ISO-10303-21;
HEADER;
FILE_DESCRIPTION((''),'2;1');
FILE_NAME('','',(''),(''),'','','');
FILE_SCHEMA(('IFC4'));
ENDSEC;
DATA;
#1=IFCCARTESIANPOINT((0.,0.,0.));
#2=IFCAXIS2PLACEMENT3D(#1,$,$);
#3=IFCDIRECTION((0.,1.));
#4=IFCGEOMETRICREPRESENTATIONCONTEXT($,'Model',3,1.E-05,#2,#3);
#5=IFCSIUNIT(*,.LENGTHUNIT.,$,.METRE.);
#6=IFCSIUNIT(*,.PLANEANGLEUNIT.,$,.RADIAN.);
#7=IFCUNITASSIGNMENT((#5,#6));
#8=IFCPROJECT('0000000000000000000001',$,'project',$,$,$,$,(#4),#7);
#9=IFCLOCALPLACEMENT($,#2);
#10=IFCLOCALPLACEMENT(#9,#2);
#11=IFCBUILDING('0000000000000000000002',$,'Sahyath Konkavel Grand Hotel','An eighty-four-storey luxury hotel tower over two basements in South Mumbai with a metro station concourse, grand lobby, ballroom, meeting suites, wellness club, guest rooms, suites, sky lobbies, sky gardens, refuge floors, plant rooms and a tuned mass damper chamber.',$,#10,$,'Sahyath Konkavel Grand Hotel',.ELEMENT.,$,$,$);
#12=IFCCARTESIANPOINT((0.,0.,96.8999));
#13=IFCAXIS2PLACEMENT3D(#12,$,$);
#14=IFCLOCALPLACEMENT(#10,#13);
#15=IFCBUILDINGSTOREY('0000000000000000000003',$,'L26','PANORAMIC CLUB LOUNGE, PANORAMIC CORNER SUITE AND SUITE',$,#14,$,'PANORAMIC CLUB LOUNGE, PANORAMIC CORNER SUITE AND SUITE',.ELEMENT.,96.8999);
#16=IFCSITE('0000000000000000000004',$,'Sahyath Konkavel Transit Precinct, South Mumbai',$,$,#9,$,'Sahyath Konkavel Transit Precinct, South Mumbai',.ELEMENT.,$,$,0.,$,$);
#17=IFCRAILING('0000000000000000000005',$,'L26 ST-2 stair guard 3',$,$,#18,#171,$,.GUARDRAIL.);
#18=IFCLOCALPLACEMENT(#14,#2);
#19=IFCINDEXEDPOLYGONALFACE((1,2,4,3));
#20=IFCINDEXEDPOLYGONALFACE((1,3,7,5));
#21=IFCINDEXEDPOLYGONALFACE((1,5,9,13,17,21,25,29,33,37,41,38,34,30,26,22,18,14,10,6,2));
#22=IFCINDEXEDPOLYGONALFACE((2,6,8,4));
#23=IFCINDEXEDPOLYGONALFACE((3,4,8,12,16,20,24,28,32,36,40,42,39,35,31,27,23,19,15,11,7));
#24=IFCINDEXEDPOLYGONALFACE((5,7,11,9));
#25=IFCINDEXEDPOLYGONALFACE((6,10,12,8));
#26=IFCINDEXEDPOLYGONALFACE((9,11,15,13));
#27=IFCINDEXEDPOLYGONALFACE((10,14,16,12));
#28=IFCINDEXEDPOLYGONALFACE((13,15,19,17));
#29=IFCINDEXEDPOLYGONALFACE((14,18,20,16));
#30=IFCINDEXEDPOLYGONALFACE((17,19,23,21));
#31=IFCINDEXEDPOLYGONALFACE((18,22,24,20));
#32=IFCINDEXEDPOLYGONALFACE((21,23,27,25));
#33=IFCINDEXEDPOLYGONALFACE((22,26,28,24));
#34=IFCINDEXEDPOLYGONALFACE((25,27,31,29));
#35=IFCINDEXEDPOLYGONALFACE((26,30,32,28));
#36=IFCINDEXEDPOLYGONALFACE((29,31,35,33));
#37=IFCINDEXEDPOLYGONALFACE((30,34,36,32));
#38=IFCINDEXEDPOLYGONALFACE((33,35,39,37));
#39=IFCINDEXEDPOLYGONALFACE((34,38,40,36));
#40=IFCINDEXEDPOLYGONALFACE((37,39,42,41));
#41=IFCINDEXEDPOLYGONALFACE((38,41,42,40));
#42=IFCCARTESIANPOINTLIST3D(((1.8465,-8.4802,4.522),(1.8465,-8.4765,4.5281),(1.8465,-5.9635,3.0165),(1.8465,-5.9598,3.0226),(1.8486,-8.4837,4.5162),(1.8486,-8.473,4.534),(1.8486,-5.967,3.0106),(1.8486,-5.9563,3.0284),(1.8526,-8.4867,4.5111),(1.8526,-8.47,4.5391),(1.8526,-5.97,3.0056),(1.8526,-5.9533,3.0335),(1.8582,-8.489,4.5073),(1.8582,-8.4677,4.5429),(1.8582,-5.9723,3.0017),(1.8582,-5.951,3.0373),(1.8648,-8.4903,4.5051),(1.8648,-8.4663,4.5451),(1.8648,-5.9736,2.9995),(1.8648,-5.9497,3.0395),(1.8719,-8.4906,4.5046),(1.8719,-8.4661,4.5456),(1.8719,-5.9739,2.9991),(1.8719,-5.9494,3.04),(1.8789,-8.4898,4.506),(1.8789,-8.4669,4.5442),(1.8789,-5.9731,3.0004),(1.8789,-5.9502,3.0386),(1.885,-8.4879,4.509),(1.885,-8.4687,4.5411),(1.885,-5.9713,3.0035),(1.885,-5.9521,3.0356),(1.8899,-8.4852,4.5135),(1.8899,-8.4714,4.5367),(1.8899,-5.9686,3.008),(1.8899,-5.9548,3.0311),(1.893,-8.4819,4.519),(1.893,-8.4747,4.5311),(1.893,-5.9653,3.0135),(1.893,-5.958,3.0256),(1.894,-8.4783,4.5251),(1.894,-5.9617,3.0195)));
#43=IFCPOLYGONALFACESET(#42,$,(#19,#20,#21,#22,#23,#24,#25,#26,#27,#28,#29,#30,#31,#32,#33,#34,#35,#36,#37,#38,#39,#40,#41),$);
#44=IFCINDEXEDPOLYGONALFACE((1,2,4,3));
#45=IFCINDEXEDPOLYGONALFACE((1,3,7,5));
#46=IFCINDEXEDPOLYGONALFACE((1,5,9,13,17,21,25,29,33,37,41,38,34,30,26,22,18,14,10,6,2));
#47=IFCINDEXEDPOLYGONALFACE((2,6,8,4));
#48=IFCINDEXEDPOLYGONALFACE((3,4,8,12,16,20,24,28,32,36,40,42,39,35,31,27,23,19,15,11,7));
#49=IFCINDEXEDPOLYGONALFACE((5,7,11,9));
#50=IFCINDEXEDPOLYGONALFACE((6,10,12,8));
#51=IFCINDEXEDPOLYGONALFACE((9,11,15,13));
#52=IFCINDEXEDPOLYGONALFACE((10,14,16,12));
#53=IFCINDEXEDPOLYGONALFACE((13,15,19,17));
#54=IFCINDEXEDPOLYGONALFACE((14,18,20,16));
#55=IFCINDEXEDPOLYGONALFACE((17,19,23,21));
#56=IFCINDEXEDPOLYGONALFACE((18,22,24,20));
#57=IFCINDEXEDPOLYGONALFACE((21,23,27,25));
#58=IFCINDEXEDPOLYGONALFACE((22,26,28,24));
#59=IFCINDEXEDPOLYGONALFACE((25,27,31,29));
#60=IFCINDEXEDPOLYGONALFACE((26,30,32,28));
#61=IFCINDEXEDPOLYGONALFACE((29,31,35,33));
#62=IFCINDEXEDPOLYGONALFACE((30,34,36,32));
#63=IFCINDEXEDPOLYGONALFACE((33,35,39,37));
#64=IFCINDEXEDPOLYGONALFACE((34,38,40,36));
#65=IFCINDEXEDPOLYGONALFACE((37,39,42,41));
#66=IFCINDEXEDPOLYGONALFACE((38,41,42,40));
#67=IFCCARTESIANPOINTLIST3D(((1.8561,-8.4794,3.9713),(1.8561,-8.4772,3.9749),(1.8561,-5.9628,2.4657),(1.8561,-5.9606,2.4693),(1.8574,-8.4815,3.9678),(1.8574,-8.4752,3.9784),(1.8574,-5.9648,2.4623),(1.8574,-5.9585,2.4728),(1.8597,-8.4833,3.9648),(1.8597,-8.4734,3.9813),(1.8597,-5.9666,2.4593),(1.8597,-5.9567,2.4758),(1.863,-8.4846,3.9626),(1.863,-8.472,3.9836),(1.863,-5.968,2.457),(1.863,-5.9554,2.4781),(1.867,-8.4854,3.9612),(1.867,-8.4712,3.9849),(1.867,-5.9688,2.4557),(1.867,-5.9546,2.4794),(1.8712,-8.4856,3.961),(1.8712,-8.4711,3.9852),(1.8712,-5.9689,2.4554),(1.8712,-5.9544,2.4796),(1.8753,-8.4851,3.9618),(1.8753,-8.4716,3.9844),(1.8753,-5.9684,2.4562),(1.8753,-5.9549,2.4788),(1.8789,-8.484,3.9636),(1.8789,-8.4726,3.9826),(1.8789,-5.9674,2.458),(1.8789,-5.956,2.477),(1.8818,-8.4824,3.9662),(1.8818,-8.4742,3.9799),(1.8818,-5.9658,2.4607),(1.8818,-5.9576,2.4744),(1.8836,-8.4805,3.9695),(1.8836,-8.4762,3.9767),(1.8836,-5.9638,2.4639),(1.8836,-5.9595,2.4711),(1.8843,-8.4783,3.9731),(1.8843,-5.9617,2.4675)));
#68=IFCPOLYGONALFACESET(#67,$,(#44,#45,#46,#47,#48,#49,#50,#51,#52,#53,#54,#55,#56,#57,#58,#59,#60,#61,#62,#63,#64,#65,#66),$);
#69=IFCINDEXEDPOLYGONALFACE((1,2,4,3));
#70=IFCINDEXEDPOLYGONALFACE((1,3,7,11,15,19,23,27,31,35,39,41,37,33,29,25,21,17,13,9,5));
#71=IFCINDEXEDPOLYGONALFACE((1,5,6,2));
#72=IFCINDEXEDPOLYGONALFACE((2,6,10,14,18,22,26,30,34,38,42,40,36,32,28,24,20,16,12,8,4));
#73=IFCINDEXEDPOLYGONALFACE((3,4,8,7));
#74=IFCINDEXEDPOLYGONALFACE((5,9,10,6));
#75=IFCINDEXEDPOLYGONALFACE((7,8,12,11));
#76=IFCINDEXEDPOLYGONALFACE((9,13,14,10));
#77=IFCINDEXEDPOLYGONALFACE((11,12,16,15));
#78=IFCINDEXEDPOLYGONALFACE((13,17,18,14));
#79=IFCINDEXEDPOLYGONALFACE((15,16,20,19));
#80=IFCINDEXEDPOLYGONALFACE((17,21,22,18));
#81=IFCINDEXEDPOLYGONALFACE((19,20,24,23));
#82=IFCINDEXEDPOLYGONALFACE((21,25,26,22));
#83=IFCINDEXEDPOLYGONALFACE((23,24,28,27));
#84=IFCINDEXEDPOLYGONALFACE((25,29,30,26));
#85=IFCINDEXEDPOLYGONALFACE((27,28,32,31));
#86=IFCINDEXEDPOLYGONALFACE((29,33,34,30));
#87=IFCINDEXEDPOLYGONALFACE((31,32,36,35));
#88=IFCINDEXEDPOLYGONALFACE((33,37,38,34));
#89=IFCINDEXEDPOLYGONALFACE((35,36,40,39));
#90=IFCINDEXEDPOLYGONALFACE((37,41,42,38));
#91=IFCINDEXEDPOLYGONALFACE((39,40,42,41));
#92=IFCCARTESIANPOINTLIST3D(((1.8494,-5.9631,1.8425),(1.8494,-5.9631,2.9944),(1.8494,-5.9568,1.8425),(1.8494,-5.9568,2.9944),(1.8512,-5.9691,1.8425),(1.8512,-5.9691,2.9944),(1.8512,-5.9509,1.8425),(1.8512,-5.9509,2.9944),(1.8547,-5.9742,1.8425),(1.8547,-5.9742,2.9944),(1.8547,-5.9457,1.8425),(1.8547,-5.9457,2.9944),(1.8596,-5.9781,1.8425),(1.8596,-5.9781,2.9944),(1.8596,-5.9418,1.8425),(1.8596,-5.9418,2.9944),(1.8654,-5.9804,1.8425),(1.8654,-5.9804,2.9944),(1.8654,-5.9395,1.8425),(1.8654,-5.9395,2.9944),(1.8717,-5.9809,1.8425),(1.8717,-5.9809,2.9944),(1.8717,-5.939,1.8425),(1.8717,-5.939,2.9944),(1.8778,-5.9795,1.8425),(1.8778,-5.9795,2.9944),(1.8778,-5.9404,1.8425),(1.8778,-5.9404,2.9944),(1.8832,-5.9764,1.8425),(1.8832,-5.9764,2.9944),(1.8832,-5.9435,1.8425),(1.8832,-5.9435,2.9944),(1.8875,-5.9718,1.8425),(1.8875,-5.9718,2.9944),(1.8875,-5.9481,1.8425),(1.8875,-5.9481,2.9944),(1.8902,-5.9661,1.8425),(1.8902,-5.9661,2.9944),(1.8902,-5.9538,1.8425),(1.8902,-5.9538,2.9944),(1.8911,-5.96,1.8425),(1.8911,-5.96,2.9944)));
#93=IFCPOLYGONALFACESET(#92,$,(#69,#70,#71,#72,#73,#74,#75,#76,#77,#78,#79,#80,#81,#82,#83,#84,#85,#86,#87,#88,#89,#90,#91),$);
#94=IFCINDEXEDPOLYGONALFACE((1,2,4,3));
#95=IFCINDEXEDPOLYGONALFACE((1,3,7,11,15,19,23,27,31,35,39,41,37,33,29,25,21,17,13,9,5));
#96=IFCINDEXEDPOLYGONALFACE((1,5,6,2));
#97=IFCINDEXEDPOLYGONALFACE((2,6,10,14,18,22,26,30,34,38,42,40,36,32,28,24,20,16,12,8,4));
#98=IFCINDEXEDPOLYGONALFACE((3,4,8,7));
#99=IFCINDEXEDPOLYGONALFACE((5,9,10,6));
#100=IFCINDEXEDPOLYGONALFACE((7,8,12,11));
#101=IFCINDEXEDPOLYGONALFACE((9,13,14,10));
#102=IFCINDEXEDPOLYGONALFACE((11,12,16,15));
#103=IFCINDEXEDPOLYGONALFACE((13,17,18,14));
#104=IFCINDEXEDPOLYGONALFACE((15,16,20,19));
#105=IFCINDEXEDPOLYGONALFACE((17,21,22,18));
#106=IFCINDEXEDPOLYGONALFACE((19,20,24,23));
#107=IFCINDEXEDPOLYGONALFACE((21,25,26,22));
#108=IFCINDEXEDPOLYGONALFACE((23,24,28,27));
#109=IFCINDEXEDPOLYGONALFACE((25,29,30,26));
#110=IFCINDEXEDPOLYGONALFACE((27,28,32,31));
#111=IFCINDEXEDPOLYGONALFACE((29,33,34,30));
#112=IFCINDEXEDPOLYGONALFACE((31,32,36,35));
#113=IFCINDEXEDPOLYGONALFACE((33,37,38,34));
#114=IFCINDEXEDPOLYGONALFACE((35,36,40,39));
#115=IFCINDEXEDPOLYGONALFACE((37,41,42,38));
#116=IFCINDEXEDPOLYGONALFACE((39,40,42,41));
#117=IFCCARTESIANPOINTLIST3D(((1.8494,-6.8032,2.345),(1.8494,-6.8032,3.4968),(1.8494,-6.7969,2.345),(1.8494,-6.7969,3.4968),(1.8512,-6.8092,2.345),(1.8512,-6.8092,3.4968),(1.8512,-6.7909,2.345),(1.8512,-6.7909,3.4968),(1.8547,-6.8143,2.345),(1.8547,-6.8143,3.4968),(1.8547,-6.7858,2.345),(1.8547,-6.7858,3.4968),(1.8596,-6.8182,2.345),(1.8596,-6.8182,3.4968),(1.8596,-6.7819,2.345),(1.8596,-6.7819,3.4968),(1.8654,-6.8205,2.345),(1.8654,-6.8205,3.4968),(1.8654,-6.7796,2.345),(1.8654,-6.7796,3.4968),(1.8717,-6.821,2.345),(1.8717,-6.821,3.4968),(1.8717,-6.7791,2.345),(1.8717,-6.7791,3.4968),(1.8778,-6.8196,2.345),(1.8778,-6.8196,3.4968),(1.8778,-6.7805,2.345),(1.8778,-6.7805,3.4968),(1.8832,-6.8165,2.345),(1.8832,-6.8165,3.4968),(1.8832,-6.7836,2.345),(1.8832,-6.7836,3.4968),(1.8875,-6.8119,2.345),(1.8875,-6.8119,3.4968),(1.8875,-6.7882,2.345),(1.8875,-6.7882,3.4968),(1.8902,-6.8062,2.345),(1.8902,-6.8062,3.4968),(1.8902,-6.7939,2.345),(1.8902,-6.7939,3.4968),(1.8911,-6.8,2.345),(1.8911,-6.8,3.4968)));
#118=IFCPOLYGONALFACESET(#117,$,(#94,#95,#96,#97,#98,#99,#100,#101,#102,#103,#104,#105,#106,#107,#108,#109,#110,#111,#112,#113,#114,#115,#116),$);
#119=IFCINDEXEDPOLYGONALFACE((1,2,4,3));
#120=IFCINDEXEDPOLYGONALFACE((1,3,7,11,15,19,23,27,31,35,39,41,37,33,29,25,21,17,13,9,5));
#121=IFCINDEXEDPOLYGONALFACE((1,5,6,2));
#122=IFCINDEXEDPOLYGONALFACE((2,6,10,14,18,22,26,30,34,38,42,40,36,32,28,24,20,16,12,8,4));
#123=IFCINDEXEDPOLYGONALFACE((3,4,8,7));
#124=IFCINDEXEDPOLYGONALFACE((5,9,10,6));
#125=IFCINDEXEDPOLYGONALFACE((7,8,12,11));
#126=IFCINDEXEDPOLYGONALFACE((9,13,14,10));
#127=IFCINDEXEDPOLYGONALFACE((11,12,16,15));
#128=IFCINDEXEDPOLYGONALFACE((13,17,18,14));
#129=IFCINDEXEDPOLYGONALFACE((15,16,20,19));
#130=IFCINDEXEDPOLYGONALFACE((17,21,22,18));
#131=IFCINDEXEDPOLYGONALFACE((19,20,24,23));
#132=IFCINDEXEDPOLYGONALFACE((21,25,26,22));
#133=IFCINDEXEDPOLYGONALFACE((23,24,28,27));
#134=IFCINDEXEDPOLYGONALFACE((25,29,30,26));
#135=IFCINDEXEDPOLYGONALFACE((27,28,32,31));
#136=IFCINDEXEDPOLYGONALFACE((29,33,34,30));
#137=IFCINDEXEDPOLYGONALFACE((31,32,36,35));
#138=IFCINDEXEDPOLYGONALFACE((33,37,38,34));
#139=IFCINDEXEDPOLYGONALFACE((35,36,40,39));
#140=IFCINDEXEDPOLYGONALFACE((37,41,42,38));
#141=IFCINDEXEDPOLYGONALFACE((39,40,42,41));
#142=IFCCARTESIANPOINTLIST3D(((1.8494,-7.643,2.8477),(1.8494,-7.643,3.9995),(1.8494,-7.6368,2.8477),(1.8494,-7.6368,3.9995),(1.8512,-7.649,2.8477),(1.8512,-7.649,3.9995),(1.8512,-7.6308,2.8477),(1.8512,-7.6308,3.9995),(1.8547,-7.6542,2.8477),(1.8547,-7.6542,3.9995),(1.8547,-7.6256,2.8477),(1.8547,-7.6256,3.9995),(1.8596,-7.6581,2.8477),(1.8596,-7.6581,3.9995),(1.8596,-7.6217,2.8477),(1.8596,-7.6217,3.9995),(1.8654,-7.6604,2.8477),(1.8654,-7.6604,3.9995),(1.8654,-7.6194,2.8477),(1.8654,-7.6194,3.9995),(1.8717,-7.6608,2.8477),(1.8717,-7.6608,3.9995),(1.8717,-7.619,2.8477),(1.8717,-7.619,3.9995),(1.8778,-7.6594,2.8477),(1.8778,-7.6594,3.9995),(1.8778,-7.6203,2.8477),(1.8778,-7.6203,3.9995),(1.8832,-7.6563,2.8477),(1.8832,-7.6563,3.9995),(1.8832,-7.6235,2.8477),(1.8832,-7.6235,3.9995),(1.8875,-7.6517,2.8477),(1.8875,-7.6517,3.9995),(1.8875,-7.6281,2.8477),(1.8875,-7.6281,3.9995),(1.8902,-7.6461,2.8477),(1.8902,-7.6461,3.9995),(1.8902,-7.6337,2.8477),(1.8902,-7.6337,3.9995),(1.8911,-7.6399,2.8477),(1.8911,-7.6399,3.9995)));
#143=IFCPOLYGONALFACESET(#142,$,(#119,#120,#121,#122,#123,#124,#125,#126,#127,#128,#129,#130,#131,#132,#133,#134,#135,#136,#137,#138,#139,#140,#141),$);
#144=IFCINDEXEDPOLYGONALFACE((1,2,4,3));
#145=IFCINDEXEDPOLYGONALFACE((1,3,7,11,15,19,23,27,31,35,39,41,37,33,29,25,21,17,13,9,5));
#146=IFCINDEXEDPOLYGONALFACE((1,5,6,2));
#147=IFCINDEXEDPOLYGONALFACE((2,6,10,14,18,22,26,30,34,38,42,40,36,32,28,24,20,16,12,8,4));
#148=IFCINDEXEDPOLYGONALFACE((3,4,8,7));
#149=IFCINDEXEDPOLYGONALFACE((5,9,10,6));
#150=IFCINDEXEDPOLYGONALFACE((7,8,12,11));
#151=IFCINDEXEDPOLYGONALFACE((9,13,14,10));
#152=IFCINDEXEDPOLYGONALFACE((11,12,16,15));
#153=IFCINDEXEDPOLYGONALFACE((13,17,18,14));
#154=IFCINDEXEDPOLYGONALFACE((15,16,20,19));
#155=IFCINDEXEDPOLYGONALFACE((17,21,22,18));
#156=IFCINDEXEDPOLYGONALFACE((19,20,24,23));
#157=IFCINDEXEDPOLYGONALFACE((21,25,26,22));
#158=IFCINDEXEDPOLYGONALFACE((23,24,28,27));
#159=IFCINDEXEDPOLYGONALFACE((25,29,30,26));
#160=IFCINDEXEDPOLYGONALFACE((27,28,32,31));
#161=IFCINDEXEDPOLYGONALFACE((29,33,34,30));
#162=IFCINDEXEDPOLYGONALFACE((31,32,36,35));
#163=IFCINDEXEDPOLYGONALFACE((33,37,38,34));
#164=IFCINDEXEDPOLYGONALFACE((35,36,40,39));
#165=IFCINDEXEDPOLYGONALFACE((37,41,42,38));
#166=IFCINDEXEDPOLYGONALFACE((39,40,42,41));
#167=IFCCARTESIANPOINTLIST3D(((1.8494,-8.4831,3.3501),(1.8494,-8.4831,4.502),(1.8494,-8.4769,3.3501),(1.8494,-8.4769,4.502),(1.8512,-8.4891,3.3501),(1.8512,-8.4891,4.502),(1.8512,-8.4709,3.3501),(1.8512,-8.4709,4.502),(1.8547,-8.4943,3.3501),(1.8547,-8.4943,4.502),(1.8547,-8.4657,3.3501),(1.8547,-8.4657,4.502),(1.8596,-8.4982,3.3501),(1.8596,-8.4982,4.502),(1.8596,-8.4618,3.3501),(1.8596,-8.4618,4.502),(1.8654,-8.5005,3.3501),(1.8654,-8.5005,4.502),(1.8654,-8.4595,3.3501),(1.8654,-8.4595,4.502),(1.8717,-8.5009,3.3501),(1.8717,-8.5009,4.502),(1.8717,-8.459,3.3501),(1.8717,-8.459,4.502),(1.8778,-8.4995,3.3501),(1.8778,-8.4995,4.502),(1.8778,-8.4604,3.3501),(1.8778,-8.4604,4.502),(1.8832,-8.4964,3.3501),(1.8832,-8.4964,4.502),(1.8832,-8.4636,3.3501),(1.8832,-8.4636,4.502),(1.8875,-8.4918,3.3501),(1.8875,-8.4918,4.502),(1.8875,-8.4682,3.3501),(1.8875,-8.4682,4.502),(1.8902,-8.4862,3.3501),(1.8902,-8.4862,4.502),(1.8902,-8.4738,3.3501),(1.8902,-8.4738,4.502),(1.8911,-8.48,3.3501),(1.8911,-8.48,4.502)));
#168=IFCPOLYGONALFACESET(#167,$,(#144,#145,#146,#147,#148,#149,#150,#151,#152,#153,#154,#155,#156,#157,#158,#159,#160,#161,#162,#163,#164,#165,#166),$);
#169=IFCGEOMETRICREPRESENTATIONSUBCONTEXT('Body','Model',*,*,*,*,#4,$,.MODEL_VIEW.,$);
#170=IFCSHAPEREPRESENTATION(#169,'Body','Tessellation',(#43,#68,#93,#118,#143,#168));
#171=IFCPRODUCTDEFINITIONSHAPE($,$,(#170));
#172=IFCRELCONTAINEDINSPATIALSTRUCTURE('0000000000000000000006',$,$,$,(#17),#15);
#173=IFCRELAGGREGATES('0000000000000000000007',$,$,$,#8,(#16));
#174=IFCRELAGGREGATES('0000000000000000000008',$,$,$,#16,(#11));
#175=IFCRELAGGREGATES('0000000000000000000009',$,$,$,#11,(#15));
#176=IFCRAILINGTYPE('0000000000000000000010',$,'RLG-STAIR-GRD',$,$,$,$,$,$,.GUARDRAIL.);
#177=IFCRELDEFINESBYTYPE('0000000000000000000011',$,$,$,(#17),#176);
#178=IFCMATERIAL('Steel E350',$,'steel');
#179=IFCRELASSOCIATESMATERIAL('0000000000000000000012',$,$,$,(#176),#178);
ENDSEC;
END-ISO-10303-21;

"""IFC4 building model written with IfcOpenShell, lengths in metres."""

from ifc_helpers import new_model, si_unit, direction, frame, origin, origin_2d, place, context, subcontext, project, spatial, circle, extrude, material, type_object, element, save


model = new_model("IFC4")

# Units and contexts
model_context = context("Model", 3, precision=1e-05, world=origin(), true_north=direction((0.0, 1.0)))
body_context = subcontext(model_context, "Body", "Model", "MODEL_VIEW")
ifc_project = project(units=[si_unit("LENGTHUNIT", "METRE"), si_unit("PLANEANGLEUNIT", "RADIAN")], contexts=[model_context])

# Site, building, storey
site_placement = place(None, origin())
site = spatial("IfcSite", under=ifc_project, at=site_placement, Name="Sahyath Konkavel Transit Precinct, South Mumbai", LongName="Sahyath Konkavel Transit Precinct, South Mumbai", CompositionType="ELEMENT", RefElevation=0.0)
building_placement = place(site_placement, origin())
building = spatial("IfcBuilding", under=site, at=building_placement, Name="Sahyath Konkavel Grand Hotel", Description="An eighty-four-storey luxury hotel tower over two basements in South Mumbai with a metro station concourse, grand lobby, ballroom, meeting suites, wellness club, guest rooms, suites, sky lobbies, sky gardens, refuge floors, plant rooms and a tuned mass damper chamber.", LongName="Sahyath Konkavel Grand Hotel", CompositionType="ELEMENT")
storey_placement = place(building_placement, frame((0.0, 0.0, 96.8999)))
storey = spatial("IfcBuildingStorey", under=building, at=storey_placement, Name="L26", Description="PANORAMIC CLUB LOUNGE, PANORAMIC CORNER SUITE AND SUITE", LongName="PANORAMIC CLUB LOUNGE, PANORAMIC CORNER SUITE AND SUITE", CompositionType="ELEMENT", Elevation=96.8999)

# Shared definitions
ifc_material_1 = material(Name="Steel E350", Category="steel")

# Railing
railing_type_1 = type_object("IfcRailingType", Name="RLG-STAIR-GRD", PredefinedType="GUARDRAIL", material=ifc_material_1)
railing_1_placement = place(storey_placement, frame((1.8701, -5.96, 1.8425)))
element("IfcRailing", 1, at=railing_1_placement, inside=storey, type_object=railing_type_1, Name="L26 ST-2 stair guard 3", PredefinedType="GUARDRAIL", context=body_context, shape_type="SweptSolid", body=[
    extrude(circle(Radius=0.0239, at=origin_2d()), frame((0.0, -0.0017, 1.177), z_axis=(0.0, -0.85816, 0.513383), x_axis=(1.0, 0.0, 0.0)), (0.0, 0.0, 1.0), 2.9326),
    extrude(circle(Radius=0.0142, at=origin_2d()), frame((0.0, -0.0017, 0.625), z_axis=(0.0, -0.85816, 0.513383), x_axis=(1.0, 0.0, 0.0)), (0.0, 0.0, 1.0), 2.9326),
    extrude(circle(Radius=0.021, at=origin_2d()), origin(), (0.0, 0.0, 1.0), 1.1519),
    extrude(circle(Radius=0.021, at=origin_2d()), frame((0.0, -0.8401, 0.5024)), (0.0, 0.0, 1.0), 1.1519),
    extrude(circle(Radius=0.021, at=origin_2d()), frame((0.0, -1.6799, 1.0051)), (0.0, 0.0, 1.0), 1.1519),
    extrude(circle(Radius=0.021, at=origin_2d()), frame((0.0, -2.52, 1.5076)), (0.0, 0.0, 1.0), 1.1519),
])

save(model, "model.ifc")
